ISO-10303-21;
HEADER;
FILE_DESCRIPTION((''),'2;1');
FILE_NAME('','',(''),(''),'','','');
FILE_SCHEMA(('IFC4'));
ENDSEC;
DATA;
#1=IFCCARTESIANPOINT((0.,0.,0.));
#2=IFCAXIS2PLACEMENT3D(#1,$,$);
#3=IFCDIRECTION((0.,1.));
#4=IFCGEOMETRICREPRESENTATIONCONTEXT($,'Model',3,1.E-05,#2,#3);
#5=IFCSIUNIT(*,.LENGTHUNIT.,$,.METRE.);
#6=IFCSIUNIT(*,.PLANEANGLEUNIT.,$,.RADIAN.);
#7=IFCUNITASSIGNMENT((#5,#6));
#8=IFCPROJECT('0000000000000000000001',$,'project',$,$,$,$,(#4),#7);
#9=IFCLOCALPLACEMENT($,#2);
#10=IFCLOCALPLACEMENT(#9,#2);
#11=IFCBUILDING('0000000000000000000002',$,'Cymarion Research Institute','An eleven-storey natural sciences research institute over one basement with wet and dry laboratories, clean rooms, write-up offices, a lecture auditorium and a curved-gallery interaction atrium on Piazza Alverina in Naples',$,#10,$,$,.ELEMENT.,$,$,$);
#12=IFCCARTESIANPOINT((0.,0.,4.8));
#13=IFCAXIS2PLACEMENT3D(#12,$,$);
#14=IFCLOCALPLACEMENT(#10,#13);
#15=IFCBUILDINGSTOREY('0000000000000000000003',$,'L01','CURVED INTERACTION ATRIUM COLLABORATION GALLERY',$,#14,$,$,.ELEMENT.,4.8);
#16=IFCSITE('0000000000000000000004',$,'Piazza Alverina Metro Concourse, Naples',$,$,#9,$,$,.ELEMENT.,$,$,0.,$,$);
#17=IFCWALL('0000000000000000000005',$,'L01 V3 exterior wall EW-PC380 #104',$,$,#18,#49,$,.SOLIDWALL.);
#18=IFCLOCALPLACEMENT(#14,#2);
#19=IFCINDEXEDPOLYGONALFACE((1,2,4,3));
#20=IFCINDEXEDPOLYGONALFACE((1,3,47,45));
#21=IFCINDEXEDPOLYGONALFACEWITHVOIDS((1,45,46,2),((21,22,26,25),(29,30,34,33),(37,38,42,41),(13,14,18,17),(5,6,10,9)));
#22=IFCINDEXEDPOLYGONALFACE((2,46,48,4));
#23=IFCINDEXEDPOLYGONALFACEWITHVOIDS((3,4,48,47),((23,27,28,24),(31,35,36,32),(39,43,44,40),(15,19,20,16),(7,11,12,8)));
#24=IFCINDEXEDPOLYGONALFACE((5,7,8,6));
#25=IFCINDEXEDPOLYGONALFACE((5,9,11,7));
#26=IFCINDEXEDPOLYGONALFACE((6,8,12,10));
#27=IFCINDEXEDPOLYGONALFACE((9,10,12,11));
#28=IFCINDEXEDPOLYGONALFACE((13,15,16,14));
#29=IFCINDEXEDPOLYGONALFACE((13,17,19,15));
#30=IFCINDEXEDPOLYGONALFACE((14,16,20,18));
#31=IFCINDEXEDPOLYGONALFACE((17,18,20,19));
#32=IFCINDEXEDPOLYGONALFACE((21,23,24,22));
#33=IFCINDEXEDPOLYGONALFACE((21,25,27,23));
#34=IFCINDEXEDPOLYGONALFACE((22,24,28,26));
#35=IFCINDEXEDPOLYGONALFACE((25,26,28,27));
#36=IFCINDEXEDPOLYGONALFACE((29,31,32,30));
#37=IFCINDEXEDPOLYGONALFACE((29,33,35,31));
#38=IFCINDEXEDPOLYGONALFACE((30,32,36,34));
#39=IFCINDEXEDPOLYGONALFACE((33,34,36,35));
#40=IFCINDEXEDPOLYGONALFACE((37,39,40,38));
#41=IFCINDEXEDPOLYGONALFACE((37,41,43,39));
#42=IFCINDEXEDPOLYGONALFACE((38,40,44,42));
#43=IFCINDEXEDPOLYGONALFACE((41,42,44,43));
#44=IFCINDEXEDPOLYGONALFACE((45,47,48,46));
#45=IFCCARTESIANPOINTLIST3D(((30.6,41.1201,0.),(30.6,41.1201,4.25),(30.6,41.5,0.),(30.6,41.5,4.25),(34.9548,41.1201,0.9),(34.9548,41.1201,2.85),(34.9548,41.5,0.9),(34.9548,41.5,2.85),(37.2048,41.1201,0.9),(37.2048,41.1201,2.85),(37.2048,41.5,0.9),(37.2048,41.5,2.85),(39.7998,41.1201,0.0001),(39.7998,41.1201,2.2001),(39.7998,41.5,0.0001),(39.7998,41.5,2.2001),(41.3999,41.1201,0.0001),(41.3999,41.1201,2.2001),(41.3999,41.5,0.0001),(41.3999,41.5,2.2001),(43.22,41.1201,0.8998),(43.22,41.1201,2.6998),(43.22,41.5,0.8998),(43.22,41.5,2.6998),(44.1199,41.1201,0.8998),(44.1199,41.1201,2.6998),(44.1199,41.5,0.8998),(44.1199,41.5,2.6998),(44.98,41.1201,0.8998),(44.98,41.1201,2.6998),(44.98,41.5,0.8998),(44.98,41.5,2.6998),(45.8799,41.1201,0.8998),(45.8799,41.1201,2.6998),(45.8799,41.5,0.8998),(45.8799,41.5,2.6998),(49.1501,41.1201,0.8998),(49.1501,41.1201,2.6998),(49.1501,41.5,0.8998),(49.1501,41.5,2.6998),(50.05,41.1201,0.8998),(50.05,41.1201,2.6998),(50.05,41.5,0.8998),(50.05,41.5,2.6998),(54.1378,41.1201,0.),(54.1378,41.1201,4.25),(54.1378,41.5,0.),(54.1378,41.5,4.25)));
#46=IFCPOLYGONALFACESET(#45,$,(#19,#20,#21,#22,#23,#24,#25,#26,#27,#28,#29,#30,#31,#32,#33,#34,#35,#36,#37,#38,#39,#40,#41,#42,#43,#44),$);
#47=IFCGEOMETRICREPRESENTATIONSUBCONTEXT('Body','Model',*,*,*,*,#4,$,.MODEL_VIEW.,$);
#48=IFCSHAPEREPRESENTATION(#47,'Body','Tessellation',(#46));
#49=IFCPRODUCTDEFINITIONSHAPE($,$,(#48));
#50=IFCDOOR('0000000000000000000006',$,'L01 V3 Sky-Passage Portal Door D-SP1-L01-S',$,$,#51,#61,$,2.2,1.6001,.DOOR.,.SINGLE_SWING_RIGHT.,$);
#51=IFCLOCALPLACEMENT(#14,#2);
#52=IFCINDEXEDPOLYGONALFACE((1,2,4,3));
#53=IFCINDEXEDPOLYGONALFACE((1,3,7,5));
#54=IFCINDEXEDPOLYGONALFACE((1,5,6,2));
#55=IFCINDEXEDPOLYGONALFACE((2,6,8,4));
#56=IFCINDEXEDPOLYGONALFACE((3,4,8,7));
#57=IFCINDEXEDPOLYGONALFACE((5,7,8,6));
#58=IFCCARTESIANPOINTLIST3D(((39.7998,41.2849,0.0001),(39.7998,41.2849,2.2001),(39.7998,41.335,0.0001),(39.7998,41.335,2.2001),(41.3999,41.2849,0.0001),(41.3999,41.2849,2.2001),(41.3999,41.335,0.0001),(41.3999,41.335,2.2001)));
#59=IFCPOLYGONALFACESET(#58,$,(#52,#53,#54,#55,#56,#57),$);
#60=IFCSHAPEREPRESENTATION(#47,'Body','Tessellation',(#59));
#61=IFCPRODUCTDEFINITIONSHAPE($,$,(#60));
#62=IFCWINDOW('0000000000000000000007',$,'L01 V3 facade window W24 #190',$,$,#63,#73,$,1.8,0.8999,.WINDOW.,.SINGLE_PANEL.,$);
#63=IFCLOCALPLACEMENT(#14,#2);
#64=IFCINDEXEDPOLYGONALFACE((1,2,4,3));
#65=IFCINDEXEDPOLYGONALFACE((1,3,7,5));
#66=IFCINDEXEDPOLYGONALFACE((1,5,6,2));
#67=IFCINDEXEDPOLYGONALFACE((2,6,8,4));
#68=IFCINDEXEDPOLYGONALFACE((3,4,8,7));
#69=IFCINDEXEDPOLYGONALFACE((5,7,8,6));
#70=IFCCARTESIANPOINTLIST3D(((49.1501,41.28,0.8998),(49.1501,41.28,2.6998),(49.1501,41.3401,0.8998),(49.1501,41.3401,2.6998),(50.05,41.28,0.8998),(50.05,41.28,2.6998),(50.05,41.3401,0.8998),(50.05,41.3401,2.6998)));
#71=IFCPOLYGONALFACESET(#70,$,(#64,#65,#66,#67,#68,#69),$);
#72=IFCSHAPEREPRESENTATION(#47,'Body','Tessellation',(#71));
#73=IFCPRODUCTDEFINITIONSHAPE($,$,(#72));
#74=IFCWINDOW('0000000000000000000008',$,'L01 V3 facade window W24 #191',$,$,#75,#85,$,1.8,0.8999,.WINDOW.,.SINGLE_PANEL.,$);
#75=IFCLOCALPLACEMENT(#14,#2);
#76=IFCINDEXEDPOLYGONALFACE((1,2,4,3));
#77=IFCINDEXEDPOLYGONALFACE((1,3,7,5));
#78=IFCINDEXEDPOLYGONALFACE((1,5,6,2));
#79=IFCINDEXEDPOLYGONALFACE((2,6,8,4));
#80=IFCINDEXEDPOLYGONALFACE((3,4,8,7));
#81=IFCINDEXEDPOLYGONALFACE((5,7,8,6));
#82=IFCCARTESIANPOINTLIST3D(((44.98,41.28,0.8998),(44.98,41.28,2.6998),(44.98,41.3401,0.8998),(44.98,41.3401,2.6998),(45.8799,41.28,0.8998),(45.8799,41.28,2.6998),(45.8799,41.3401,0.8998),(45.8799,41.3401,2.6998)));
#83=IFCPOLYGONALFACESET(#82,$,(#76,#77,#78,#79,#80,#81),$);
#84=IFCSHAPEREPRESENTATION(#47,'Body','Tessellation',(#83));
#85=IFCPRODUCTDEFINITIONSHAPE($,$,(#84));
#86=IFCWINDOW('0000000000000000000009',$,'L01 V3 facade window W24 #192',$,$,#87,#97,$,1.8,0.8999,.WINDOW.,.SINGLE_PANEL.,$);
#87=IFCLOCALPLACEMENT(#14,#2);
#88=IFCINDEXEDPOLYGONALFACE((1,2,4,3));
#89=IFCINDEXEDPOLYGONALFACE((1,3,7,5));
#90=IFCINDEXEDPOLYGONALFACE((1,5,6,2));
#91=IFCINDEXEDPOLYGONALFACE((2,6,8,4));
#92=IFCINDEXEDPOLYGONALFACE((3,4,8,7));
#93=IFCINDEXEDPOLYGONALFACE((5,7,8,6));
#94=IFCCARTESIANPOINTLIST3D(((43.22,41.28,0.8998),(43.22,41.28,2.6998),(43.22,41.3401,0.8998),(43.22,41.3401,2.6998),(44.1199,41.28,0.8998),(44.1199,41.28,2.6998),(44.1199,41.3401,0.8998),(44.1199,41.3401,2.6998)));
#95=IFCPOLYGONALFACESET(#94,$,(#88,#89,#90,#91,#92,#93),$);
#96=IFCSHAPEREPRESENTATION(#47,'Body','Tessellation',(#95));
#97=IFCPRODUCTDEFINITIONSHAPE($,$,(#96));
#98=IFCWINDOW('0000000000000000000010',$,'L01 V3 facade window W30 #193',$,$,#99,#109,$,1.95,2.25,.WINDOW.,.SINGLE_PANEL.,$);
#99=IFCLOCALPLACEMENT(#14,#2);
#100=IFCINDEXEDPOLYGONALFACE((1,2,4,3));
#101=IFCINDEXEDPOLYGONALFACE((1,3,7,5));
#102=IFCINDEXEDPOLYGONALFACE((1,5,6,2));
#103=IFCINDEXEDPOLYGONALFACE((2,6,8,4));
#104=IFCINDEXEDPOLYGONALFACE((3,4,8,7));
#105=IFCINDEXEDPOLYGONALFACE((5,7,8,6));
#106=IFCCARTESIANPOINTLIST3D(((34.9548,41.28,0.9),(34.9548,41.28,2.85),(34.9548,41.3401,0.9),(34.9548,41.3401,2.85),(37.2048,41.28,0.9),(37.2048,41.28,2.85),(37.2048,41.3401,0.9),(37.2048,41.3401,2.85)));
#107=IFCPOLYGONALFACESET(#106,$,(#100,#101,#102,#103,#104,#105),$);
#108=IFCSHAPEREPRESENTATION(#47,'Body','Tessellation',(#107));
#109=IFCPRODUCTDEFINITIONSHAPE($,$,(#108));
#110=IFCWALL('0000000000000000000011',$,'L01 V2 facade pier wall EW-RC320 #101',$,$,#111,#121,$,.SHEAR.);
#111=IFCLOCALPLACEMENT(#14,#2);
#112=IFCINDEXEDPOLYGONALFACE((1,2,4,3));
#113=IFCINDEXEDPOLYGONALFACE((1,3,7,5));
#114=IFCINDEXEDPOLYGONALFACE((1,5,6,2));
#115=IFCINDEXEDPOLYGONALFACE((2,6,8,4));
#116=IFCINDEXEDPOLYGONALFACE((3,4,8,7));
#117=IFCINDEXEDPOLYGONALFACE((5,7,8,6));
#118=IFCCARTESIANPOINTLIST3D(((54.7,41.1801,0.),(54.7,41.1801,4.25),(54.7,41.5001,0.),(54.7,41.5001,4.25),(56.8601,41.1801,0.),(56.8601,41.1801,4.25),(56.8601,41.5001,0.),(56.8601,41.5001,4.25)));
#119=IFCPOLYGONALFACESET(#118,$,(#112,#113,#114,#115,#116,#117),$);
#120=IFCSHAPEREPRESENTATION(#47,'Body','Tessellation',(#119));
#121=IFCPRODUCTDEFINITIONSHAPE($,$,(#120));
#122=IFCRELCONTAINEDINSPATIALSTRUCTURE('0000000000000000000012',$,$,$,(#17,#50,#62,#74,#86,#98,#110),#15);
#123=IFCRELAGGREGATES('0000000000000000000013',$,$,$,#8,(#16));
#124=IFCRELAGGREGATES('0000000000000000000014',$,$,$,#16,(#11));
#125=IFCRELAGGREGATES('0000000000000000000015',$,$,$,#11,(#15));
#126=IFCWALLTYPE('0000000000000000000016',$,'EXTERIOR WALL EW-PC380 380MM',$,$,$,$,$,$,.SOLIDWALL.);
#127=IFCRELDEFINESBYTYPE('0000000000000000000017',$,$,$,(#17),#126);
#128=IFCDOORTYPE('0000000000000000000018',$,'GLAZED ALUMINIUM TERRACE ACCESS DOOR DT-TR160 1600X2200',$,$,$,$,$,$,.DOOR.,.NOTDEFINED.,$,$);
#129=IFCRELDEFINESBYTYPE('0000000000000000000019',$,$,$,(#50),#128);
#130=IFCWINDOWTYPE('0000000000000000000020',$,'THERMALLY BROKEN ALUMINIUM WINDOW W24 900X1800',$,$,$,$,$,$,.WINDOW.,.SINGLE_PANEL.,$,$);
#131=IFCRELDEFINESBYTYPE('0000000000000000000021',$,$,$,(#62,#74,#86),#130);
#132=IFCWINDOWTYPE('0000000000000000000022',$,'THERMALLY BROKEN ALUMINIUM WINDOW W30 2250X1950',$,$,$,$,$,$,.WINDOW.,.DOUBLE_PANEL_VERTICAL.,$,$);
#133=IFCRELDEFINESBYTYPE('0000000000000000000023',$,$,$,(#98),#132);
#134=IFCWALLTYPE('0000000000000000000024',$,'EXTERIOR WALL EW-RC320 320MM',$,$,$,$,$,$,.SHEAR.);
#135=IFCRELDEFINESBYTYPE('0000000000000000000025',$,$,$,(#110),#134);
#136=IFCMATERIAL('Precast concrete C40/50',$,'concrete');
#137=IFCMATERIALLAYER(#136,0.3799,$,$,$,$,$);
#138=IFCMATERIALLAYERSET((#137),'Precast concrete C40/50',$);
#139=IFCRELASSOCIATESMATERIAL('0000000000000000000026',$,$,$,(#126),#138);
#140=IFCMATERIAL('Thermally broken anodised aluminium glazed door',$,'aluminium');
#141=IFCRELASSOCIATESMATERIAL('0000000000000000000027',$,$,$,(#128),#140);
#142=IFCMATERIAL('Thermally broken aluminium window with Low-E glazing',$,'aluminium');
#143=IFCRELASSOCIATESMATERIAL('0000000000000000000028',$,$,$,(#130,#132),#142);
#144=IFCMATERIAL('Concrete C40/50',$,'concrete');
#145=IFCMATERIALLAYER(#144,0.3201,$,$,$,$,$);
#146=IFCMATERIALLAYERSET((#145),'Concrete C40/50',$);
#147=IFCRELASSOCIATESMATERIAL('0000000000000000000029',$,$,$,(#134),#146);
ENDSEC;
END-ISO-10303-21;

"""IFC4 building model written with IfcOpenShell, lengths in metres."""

from ifc_helpers import new_model, si_unit, direction, frame, frame_2d, origin, place, context, subcontext, project, spatial, rectangle, extrude, material, layer, layer_set, type_object, element, fill, save


model = new_model("IFC4")

# Units and contexts
model_context = context("Model", 3, precision=1e-05, world=origin(), true_north=direction((0.0, 1.0)))
body_context = subcontext(model_context, "Body", "Model", "MODEL_VIEW")
ifc_project = project(units=[si_unit("LENGTHUNIT", "METRE"), si_unit("PLANEANGLEUNIT", "RADIAN")], contexts=[model_context])

# Site, building, storey
site_placement = place(None, origin())
site = spatial("IfcSite", under=ifc_project, at=site_placement, Name="Piazza Alverina Metro Concourse, Naples", CompositionType="ELEMENT", RefElevation=0.0)
building_placement = place(site_placement, origin())
building = spatial("IfcBuilding", under=site, at=building_placement, Name="Cymarion Research Institute", Description="An eleven-storey natural sciences research institute over one basement with wet and dry laboratories, clean rooms, write-up offices, a lecture auditorium and a curved-gallery interaction atrium on Piazza Alverina in Naples", CompositionType="ELEMENT")
storey_placement = place(building_placement, frame((0.0, 0.0, 4.8)))
storey = spatial("IfcBuildingStorey", under=building, at=storey_placement, Name="L01", Description="CURVED INTERACTION ATRIUM COLLABORATION GALLERY", CompositionType="ELEMENT", Elevation=4.8)

# Wall, openings, door, windows
ifc_material_1 = material(Name="Precast concrete C40/50", Category="concrete")
ifc_layer_1 = layer(ifc_material_1, 0.3799)
ifc_layer_set_1 = layer_set([ifc_layer_1], Name="Precast concrete C40/50")
wall_type_1 = type_object("IfcWallType", Name="EXTERIOR WALL EW-PC380 380MM", PredefinedType="SOLIDWALL", material=ifc_layer_set_1)
wall_1_placement = place(storey_placement, frame((54.1379, 41.3101, 0.0), z_axis=(0.0, 0.0, 1.0), x_axis=(-1.0, 0.0, 0.0)))
wall_1 = element("IfcWall", 1, at=wall_1_placement, inside=storey, type_object=wall_type_1, Name="L01 V3 exterior wall EW-PC380 #104", PredefinedType="SOLIDWALL", context=body_context, shape_type="SweptSolid", body=[
    extrude(rectangle(XDim=23.5378, YDim=0.3799, at=frame_2d((11.769, 0.0))), origin(), (0.0, 0.0, 1.0), 4.25),
])
opening_1_placement = place(wall_1_placement, frame((12.738, 0.0, 0.0)))
opening_1 = element("IfcOpeningElement", 2, at=opening_1_placement, cuts=wall_1, PredefinedType="OPENING", context=body_context, shape_type="SweptSolid", body=[
    extrude(rectangle(XDim=1.6001, YDim=2.2, at=frame_2d((0.8, 1.1001))), frame((0.0, 0.2, 0.0), z_axis=(0.0, -1.0, 0.0), x_axis=(1.0, 0.0, 0.0)), (0.0, 0.0, 1.0), 0.3999),
])
opening_2_placement = place(wall_1_placement, frame((4.0879, 0.0, 0.8999)))
opening_2 = element("IfcOpeningElement", 3, at=opening_2_placement, cuts=wall_1, PredefinedType="OPENING", context=body_context, shape_type="SweptSolid", body=[
    extrude(rectangle(XDim=0.8999, YDim=1.8, at=frame_2d((0.45, 0.8999))), frame((0.0, 0.2, 0.0), z_axis=(0.0, -1.0, 0.0), x_axis=(1.0, 0.0, 0.0)), (0.0, 0.0, 1.0), 0.3999),
])
opening_3_placement = place(wall_1_placement, frame((8.2581, 0.0, 0.8999)))
opening_3 = element("IfcOpeningElement", 4, at=opening_3_placement, cuts=wall_1, PredefinedType="OPENING", context=body_context, shape_type="SweptSolid", body=[
    extrude(rectangle(XDim=0.8999, YDim=1.8, at=frame_2d((0.45, 0.8999))), frame((0.0, 0.2, 0.0), z_axis=(0.0, -1.0, 0.0), x_axis=(1.0, 0.0, 0.0)), (0.0, 0.0, 1.0), 0.3999),
])
opening_4_placement = place(wall_1_placement, frame((10.0181, 0.0, 0.8999)))
opening_4 = element("IfcOpeningElement", 5, at=opening_4_placement, cuts=wall_1, PredefinedType="OPENING", context=body_context, shape_type="SweptSolid", body=[
    extrude(rectangle(XDim=0.8999, YDim=1.8, at=frame_2d((0.45, 0.8999))), frame((0.0, 0.2, 0.0), z_axis=(0.0, -1.0, 0.0), x_axis=(1.0, 0.0, 0.0)), (0.0, 0.0, 1.0), 0.3999),
])
opening_5_placement = place(wall_1_placement, frame((16.9331, 0.0, 0.8999)))
opening_5 = element("IfcOpeningElement", 6, at=opening_5_placement, cuts=wall_1, PredefinedType="OPENING", context=body_context, shape_type="SweptSolid", body=[
    extrude(rectangle(XDim=2.25, YDim=1.95, at=frame_2d((1.125, 0.9751))), frame((0.0, 0.2, 0.0), z_axis=(0.0, -1.0, 0.0), x_axis=(1.0, 0.0, 0.0)), (0.0, 0.0, 1.0), 0.3999),
])
ifc_material_2 = material(Name="Thermally broken anodised aluminium glazed door", Category="aluminium")
door_type = type_object("IfcDoorType", Name="GLAZED ALUMINIUM TERRACE ACCESS DOOR DT-TR160 1600X2200", OperationType="NOTDEFINED", PredefinedType="DOOR", material=ifc_material_2)
door_placement = place(opening_1_placement, frame((1.6001, 0.0, 0.0), z_axis=(0.0, 0.0, 1.0), x_axis=(-1.0, 0.0, 0.0)))
door = element("IfcDoor", 7, at=door_placement, inside=storey, type_object=door_type, Name="L01 V3 Sky-Passage Portal Door D-SP1-L01-S", OperationType="SINGLE_SWING_RIGHT", OverallHeight=2.2, OverallWidth=1.6001, PredefinedType="DOOR", context=body_context, shape_type="SweptSolid", body=[
    extrude(rectangle(XDim=1.6001, YDim=2.2, at=frame_2d((0.8, 1.1001))), frame((0.0, 0.0249, 0.0), z_axis=(0.0, -1.0, 0.0), x_axis=(1.0, 0.0, 0.0)), (0.0, 0.0, 1.0), 0.05),
])
fill(opening_1, door)
ifc_material_3 = material(Name="Thermally broken aluminium window with Low-E glazing", Category="aluminium")
window_type_1 = type_object("IfcWindowType", Name="THERMALLY BROKEN ALUMINIUM WINDOW W24 900X1800", PartitioningType="SINGLE_PANEL", PredefinedType="WINDOW", material=ifc_material_3)
window_1_placement = place(opening_2_placement, origin())
window_1 = element("IfcWindow", 8, at=window_1_placement, inside=storey, type_object=window_type_1, Name="L01 V3 facade window W24 #190", OverallHeight=1.8, OverallWidth=0.8999, PartitioningType="SINGLE_PANEL", PredefinedType="WINDOW", context=body_context, shape_type="SweptSolid", body=[
    extrude(rectangle(XDim=0.8999, YDim=1.8, at=frame_2d((0.45, 0.8999))), frame((0.0, 0.03, 0.0), z_axis=(0.0, -1.0, 0.0), x_axis=(1.0, 0.0, 0.0)), (0.0, 0.0, 1.0), 0.0601),
])
fill(opening_2, window_1)
window_2_placement = place(opening_3_placement, origin())
window_2 = element("IfcWindow", 9, at=window_2_placement, inside=storey, type_object=window_type_1, Name="L01 V3 facade window W24 #191", OverallHeight=1.8, OverallWidth=0.8999, PartitioningType="SINGLE_PANEL", PredefinedType="WINDOW", context=body_context, shape_type="SweptSolid", body=[
    extrude(rectangle(XDim=0.8999, YDim=1.8, at=frame_2d((0.45, 0.8999))), frame((0.0, 0.03, 0.0), z_axis=(0.0, -1.0, 0.0), x_axis=(1.0, 0.0, 0.0)), (0.0, 0.0, 1.0), 0.0601),
])
fill(opening_3, window_2)
window_3_placement = place(opening_4_placement, origin())
window_3 = element("IfcWindow", 10, at=window_3_placement, inside=storey, type_object=window_type_1, Name="L01 V3 facade window W24 #192", OverallHeight=1.8, OverallWidth=0.8999, PartitioningType="SINGLE_PANEL", PredefinedType="WINDOW", context=body_context, shape_type="SweptSolid", body=[
    extrude(rectangle(XDim=0.8999, YDim=1.8, at=frame_2d((0.45, 0.8999))), frame((0.0, 0.03, 0.0), z_axis=(0.0, -1.0, 0.0), x_axis=(1.0, 0.0, 0.0)), (0.0, 0.0, 1.0), 0.0601),
])
fill(opening_4, window_3)
window_type_2 = type_object("IfcWindowType", Name="THERMALLY BROKEN ALUMINIUM WINDOW W30 2250X1950", PartitioningType="DOUBLE_PANEL_VERTICAL", PredefinedType="WINDOW", material=ifc_material_3)
window_4_placement = place(opening_5_placement, origin())
window_4 = element("IfcWindow", 11, at=window_4_placement, inside=storey, type_object=window_type_2, Name="L01 V3 facade window W30 #193", OverallHeight=1.95, OverallWidth=2.25, PartitioningType="SINGLE_PANEL", PredefinedType="WINDOW", context=body_context, shape_type="SweptSolid", body=[
    extrude(rectangle(XDim=2.25, YDim=1.95, at=frame_2d((1.125, 0.9751))), frame((0.0, 0.03, 0.0), z_axis=(0.0, -1.0, 0.0), x_axis=(1.0, 0.0, 0.0)), (0.0, 0.0, 1.0), 0.0601),
])
fill(opening_5, window_4)

# Wall
ifc_material_4 = material(Name="Concrete C40/50", Category="concrete")
ifc_layer_2 = layer(ifc_material_4, 0.3201)
ifc_layer_set_2 = layer_set([ifc_layer_2], Name="Concrete C40/50")
wall_type_2 = type_object("IfcWallType", Name="EXTERIOR WALL EW-RC320 320MM", PredefinedType="SHEAR", material=ifc_layer_set_2)
wall_2_placement = place(storey_placement, frame((56.8601, 41.3401, 0.0), z_axis=(0.0, 0.0, 1.0), x_axis=(-1.0, 0.0, 0.0)))
element("IfcWall", 12, at=wall_2_placement, inside=storey, type_object=wall_type_2, Name="L01 V2 facade pier wall EW-RC320 #101", PredefinedType="SHEAR", context=body_context, shape_type="SweptSolid", body=[
    extrude(rectangle(XDim=2.1602, YDim=0.3201, at=frame_2d((1.0801, 0.0))), origin(), (0.0, 0.0, 1.0), 4.25),
])

save(model, "model.ifc")
